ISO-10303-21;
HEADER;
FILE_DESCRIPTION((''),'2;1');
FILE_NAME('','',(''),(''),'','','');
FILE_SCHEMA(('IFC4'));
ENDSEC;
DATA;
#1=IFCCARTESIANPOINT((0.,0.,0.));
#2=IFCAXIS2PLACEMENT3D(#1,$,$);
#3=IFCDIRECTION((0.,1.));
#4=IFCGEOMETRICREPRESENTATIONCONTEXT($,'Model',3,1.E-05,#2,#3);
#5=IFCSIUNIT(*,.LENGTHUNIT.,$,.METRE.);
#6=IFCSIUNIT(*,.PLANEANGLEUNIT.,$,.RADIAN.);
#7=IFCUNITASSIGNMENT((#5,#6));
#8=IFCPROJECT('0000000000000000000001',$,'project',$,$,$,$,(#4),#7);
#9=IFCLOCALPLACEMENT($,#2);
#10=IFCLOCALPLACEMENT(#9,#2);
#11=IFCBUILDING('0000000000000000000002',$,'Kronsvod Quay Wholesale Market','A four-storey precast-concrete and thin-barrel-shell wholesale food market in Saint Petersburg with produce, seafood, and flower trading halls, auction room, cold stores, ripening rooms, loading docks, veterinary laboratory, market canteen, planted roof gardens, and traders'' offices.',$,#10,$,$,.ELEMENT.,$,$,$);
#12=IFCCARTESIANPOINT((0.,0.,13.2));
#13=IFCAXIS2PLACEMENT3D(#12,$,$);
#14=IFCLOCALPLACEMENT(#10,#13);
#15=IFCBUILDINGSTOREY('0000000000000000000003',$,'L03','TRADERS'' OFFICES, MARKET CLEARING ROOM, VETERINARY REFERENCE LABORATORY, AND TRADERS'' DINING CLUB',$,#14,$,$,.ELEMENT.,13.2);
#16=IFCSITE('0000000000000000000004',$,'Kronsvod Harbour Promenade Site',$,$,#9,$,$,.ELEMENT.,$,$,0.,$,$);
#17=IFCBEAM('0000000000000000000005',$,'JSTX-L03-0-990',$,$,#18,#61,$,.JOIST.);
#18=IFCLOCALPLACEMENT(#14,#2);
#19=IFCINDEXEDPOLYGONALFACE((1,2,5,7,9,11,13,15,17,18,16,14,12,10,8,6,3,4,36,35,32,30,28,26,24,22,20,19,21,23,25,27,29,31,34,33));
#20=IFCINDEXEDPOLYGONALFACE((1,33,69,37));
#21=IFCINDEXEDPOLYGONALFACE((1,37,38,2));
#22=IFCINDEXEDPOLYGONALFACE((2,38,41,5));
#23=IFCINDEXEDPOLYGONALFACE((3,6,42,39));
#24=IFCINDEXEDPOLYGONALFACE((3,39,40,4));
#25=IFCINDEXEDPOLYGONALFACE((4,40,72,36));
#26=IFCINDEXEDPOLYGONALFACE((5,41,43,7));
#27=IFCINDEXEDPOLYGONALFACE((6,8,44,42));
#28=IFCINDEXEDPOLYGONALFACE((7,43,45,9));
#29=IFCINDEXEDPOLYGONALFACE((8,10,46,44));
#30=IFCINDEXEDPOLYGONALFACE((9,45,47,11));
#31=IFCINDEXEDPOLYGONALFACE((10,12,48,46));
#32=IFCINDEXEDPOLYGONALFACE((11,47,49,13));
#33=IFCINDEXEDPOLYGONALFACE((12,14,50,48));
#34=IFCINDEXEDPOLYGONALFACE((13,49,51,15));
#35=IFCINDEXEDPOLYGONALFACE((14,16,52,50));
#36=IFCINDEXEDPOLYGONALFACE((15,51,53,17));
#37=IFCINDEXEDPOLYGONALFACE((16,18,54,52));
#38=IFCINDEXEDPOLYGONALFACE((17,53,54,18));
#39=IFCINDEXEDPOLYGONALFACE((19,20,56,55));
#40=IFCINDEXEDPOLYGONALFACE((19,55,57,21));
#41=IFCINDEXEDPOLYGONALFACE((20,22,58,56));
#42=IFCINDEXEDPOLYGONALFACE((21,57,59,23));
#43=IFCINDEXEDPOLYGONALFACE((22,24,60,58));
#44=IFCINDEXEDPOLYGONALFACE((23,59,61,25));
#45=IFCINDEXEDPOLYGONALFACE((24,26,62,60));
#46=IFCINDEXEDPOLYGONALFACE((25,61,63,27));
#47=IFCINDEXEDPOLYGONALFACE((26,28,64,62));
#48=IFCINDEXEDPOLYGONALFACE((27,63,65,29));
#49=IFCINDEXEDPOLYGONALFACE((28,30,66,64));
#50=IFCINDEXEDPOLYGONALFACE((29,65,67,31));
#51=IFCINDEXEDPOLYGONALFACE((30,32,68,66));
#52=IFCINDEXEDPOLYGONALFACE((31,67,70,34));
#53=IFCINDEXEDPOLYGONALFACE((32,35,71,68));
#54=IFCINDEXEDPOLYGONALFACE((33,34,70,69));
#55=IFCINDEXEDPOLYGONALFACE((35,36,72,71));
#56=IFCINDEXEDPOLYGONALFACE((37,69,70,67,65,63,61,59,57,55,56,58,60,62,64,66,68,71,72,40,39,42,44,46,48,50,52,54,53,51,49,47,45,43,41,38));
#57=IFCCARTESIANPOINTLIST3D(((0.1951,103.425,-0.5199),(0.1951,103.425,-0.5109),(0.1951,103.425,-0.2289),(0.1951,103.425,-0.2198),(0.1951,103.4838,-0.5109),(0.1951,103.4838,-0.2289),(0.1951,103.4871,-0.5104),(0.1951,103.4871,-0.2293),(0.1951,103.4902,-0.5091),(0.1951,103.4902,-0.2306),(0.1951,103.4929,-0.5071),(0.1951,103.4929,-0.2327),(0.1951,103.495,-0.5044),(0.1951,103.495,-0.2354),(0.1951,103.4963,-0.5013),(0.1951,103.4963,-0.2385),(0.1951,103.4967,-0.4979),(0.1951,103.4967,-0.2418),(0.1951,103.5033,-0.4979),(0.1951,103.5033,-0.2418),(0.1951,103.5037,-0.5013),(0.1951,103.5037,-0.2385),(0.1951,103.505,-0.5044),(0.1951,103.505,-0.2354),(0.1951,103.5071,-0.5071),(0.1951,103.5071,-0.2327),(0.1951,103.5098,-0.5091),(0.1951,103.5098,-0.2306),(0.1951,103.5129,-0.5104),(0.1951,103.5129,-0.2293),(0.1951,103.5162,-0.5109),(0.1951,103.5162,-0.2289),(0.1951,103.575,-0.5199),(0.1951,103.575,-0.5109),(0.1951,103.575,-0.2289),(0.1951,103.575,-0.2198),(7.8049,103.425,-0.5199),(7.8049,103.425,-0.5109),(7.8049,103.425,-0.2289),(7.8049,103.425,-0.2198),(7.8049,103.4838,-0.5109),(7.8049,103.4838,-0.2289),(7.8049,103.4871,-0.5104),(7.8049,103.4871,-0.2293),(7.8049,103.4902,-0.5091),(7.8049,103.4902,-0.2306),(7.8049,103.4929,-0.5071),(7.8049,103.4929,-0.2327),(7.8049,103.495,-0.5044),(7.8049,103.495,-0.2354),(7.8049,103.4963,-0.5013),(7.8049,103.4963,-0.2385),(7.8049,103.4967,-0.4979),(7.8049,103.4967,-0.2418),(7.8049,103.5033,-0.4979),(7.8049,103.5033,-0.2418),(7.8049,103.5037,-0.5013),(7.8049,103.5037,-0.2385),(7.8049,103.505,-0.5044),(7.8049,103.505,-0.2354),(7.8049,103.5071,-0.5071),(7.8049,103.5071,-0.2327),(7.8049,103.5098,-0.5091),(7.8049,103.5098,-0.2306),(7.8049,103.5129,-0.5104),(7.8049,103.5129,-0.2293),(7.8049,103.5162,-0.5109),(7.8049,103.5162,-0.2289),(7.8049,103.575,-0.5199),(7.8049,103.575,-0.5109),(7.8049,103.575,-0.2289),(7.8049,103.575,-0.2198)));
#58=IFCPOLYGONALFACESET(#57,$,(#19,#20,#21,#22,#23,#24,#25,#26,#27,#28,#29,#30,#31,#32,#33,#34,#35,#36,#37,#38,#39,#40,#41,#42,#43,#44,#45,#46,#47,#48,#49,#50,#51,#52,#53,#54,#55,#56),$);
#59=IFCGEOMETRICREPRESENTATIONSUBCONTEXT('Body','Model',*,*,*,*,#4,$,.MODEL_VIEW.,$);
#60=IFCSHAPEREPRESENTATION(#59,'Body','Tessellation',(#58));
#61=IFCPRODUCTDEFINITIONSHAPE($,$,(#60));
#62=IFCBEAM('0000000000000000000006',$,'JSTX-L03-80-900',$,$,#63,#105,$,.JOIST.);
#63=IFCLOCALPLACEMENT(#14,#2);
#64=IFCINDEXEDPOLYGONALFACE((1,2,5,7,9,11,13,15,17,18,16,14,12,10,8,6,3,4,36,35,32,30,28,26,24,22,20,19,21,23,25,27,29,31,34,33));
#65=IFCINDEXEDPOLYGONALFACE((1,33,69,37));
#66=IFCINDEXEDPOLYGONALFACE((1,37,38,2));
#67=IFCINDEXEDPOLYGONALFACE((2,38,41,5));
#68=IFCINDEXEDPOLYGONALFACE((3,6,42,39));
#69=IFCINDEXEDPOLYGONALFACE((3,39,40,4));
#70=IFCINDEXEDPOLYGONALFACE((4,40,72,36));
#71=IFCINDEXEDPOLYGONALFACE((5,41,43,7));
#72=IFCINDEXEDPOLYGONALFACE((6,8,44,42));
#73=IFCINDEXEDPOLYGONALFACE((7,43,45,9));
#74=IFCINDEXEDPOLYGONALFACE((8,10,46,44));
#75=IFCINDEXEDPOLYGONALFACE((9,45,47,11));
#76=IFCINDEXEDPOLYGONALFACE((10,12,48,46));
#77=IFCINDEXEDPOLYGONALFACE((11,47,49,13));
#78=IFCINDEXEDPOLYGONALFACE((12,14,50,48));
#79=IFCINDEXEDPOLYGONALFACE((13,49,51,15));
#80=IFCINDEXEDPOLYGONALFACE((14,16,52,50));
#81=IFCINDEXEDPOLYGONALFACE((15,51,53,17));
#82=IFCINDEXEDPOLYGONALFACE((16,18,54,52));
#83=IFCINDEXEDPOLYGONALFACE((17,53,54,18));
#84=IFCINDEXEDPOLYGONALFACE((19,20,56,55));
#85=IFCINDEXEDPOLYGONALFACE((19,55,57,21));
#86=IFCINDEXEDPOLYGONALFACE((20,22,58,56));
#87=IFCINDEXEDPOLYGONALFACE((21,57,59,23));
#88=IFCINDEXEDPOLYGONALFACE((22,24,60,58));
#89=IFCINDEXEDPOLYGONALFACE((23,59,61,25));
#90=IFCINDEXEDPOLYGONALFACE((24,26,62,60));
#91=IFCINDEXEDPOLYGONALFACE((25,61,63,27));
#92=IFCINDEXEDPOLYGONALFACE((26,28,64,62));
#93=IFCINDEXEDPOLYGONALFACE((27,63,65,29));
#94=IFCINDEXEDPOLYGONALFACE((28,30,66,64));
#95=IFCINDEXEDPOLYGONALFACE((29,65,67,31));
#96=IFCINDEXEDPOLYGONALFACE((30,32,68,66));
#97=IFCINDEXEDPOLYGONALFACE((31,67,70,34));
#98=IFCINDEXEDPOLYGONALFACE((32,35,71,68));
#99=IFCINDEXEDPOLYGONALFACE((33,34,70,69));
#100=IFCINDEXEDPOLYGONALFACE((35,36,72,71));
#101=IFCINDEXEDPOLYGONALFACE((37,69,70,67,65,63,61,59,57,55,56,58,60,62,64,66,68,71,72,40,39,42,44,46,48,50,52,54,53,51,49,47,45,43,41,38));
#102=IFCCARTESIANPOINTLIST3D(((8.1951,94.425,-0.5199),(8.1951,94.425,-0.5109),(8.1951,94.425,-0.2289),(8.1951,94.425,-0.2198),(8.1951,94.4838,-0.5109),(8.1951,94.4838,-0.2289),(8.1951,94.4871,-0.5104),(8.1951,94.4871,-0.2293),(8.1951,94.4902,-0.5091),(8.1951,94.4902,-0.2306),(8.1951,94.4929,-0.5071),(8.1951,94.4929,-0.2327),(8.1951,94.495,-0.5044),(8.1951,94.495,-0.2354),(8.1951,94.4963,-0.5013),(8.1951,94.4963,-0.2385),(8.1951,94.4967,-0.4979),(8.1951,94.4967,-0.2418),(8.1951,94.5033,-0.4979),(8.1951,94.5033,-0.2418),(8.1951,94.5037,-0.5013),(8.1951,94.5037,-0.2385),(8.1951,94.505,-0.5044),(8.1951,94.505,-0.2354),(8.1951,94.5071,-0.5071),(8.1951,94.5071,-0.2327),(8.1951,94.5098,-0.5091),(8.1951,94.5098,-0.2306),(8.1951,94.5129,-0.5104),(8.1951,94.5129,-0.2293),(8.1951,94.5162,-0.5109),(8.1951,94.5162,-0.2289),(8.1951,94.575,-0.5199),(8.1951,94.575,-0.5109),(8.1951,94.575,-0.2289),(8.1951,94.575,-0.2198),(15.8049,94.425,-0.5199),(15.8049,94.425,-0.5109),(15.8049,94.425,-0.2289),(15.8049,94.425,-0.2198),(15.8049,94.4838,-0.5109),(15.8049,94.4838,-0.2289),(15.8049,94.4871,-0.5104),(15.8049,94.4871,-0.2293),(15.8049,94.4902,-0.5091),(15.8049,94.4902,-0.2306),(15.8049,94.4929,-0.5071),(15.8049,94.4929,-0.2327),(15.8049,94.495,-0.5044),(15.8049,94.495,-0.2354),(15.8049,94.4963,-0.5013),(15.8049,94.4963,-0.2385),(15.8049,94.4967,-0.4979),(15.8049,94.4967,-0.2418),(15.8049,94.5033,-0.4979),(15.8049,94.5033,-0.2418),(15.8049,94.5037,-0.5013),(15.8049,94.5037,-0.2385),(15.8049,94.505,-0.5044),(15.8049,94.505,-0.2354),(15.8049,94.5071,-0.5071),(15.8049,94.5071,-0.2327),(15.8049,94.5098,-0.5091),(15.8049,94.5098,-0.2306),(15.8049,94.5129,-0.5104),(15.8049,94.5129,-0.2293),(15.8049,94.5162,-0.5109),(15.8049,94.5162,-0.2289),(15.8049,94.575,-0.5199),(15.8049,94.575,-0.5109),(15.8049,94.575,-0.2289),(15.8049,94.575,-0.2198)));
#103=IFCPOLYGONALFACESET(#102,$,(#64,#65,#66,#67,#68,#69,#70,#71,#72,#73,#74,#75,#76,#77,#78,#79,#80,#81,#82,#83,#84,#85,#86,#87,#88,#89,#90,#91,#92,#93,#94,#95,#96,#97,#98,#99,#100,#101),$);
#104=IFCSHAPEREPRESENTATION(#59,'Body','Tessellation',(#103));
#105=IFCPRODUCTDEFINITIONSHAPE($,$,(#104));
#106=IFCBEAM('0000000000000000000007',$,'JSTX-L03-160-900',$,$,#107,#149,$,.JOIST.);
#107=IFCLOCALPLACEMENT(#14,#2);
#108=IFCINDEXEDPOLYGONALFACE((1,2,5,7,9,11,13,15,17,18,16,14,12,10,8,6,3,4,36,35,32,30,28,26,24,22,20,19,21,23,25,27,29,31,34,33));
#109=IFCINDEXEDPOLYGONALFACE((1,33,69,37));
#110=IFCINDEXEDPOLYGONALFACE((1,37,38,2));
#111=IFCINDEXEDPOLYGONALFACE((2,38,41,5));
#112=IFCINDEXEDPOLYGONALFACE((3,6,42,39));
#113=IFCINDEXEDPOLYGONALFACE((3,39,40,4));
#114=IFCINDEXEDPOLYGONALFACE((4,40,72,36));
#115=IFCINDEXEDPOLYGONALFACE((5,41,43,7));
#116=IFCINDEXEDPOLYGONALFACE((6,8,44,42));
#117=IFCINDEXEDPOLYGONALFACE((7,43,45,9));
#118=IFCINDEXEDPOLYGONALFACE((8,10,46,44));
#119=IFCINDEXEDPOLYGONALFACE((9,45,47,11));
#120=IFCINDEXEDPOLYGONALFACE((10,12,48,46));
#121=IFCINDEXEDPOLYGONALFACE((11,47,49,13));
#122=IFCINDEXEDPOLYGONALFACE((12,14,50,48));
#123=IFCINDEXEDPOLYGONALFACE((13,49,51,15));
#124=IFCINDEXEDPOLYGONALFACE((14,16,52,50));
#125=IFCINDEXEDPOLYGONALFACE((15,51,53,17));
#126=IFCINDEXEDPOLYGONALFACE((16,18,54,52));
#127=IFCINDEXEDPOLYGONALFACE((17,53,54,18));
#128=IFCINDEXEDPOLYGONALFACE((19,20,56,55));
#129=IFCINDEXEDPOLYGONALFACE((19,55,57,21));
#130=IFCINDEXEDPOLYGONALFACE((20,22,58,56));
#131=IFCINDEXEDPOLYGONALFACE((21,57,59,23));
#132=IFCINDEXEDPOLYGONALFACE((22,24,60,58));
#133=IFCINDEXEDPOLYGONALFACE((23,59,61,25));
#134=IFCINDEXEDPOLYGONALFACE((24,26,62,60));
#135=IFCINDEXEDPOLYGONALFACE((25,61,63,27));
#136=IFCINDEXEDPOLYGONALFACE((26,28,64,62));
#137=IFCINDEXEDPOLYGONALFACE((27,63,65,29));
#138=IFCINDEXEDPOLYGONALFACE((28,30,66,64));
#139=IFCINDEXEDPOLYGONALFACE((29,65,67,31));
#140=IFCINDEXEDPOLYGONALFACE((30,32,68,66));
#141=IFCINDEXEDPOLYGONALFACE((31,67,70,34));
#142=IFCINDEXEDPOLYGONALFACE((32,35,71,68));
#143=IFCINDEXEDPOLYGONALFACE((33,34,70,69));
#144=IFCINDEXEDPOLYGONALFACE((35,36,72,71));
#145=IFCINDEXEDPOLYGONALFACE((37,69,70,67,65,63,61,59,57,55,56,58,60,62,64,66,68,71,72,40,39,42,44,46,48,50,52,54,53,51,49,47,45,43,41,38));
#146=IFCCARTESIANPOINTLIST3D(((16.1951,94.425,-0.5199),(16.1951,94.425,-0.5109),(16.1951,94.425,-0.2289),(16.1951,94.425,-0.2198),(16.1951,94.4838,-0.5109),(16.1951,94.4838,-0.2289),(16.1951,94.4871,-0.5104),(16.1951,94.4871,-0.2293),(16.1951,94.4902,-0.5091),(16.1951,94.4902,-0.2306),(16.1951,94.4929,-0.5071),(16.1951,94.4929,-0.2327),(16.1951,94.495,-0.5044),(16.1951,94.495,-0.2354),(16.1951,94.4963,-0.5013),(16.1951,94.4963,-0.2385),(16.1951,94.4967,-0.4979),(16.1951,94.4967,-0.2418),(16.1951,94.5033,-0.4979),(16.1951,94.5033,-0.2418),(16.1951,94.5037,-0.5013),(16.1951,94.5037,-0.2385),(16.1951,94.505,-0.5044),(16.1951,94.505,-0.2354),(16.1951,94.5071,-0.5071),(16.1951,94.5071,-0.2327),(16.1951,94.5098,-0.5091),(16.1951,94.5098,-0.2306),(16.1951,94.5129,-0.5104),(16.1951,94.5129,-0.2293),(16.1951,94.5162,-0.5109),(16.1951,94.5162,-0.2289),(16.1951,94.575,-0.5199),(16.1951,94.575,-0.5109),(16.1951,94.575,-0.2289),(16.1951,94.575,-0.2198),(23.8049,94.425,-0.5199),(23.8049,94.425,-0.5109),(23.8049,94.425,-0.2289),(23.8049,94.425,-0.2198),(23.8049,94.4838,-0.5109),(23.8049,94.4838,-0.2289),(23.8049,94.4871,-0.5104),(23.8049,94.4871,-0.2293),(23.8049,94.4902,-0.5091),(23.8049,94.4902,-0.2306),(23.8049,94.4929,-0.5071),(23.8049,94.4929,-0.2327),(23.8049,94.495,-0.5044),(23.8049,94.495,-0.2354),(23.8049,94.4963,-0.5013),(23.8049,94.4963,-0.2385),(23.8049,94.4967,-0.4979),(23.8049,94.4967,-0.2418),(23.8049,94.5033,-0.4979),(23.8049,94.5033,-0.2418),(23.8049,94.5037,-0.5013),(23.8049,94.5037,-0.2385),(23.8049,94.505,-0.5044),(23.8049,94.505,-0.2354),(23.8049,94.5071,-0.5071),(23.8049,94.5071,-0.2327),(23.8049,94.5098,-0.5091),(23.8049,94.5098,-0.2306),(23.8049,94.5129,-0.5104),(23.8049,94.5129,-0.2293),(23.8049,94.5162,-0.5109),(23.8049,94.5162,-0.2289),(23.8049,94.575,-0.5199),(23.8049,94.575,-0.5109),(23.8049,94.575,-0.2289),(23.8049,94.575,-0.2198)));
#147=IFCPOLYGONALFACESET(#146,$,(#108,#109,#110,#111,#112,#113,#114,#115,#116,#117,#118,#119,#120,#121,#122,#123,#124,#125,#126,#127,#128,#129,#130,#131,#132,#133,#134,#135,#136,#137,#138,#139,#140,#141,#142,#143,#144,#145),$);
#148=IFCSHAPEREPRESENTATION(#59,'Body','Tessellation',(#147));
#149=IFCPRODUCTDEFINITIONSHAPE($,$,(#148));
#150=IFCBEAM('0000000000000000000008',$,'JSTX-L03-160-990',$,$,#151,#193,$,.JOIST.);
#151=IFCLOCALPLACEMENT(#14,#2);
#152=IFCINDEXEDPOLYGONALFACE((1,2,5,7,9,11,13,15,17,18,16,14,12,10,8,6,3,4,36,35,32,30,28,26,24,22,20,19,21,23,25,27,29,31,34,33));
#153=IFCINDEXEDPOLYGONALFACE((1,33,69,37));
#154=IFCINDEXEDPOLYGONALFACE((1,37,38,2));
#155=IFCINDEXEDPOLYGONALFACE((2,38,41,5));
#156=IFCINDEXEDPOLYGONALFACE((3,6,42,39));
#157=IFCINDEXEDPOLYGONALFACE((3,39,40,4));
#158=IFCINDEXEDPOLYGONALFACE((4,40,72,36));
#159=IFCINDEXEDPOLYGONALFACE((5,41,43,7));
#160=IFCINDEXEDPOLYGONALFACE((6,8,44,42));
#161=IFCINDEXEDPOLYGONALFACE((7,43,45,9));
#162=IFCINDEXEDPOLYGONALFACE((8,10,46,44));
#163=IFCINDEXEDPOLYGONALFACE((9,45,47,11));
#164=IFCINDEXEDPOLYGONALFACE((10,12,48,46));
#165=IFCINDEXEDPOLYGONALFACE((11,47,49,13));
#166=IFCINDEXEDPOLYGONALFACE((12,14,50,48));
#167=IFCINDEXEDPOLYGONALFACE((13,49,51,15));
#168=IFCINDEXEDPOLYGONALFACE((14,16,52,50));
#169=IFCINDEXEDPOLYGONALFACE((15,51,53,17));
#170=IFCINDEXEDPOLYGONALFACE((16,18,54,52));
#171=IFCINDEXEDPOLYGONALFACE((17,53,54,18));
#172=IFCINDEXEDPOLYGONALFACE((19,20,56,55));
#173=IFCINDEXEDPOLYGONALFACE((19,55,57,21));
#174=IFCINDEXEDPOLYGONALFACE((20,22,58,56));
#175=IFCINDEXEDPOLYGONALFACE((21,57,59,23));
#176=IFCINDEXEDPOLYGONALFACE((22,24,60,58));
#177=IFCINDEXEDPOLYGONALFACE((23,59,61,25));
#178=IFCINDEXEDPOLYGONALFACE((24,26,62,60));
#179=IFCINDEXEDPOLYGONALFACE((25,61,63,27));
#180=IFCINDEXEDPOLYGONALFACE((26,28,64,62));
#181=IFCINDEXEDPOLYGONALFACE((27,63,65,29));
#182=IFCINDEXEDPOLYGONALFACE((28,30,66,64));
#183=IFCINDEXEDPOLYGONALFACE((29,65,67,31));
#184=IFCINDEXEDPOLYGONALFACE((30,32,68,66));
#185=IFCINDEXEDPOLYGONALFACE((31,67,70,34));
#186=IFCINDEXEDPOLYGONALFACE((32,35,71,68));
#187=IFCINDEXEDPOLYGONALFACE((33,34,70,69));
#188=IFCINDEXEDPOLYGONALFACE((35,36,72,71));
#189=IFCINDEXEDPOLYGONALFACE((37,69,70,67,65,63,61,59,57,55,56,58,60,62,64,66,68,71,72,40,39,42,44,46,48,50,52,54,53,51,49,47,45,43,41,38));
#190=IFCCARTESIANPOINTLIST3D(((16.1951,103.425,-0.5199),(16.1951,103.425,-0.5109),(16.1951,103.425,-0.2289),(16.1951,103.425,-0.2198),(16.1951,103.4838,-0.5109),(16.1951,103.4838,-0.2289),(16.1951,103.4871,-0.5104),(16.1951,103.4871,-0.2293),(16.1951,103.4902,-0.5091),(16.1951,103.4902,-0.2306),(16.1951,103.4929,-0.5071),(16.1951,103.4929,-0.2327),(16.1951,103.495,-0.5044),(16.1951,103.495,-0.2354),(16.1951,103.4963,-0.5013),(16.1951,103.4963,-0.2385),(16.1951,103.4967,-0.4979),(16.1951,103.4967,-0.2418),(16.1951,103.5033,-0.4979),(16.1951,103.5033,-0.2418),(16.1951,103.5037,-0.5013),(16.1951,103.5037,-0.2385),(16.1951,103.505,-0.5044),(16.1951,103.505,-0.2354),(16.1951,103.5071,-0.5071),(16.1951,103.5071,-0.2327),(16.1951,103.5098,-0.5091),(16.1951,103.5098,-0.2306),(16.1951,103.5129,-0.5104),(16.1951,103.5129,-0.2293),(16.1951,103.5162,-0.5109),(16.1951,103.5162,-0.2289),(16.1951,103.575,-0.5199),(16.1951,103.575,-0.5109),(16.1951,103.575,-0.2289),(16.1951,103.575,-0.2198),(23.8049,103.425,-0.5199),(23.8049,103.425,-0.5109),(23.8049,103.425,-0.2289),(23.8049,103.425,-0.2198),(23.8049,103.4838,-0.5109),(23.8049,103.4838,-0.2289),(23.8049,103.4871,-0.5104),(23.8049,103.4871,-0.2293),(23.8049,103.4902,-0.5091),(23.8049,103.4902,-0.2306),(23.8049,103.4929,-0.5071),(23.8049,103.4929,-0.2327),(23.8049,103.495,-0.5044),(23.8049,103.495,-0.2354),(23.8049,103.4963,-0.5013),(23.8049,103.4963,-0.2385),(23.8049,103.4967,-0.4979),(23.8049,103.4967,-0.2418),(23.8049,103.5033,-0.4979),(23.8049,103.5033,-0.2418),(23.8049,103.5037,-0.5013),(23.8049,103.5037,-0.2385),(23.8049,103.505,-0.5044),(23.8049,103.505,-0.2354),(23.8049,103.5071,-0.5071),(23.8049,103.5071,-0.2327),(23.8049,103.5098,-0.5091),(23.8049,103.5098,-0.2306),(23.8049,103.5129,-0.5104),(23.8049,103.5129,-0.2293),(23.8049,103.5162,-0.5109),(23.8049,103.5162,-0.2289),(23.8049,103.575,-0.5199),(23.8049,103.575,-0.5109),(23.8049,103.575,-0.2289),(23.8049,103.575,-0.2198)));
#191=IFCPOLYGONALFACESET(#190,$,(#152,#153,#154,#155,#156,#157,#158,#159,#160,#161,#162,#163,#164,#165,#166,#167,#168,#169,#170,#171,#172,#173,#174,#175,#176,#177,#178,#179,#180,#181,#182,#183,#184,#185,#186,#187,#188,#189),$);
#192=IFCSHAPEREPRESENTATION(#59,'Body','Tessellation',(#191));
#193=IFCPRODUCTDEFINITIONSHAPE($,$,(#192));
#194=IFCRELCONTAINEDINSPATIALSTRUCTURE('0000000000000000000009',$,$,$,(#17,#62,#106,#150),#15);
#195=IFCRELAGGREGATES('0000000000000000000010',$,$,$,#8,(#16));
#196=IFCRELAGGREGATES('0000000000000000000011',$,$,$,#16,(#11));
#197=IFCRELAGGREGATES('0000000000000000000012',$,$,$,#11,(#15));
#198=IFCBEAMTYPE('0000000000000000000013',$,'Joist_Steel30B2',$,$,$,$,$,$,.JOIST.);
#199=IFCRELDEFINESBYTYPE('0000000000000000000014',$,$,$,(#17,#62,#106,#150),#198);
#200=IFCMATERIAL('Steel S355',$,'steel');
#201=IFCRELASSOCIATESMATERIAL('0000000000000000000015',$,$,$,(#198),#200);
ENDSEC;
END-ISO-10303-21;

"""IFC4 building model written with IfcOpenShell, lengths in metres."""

from ifc_helpers import new_model, si_unit, direction, frame, origin, origin_2d, place, context, subcontext, project, spatial, i_section, extrude, material, material_profile, profile_set, type_object, element, save


model = new_model("IFC4")

# Units and contexts
model_context = context("Model", 3, precision=1e-05, world=origin(), true_north=direction((0.0, 1.0)))
body_context = subcontext(model_context, "Body", "Model", "MODEL_VIEW")
ifc_project = project(units=[si_unit("LENGTHUNIT", "METRE"), si_unit("PLANEANGLEUNIT", "RADIAN")], contexts=[model_context])

# Site, building, storey
site_placement = place(None, origin())
site = spatial("IfcSite", under=ifc_project, at=site_placement, Name="Kronsvod Harbour Promenade Site", CompositionType="ELEMENT", RefElevation=0.0)
building_placement = place(site_placement, origin())
building = spatial("IfcBuilding", under=site, at=building_placement, Name="Kronsvod Quay Wholesale Market", Description="A four-storey precast-concrete and thin-barrel-shell wholesale food market in Saint Petersburg with produce, seafood, and flower trading halls, auction room, cold stores, ripening rooms, loading docks, veterinary laboratory, market canteen, planted roof gardens, and traders' offices.", CompositionType="ELEMENT")
storey_placement = place(building_placement, frame((0.0, 0.0, 13.2)))
storey = spatial("IfcBuildingStorey", under=building, at=storey_placement, Name="L03", Description="TRADERS' OFFICES, MARKET CLEARING ROOM, VETERINARY REFERENCE LABORATORY, AND TRADERS' DINING CLUB", CompositionType="ELEMENT", Elevation=13.2)

# Beams
ifc_material_1 = material(Name="Steel S355", Category="steel")
ifc_material_profile_1 = material_profile(ifc_material_1, i_section(OverallWidth=0.1499, OverallDepth=0.3, WebThickness=0.0066, FlangeThickness=0.009, FilletRadius=0.0129, at=origin_2d()), Name="30B2")
ifc_profile_set_1 = profile_set([ifc_material_profile_1], Name="Steel S355")
beam_type_1 = type_object("IfcBeamType", Name="Joist_Steel30B2", PredefinedType="JOIST", material=ifc_profile_set_1)
for number, where, z_axis, x_axis, name in (
    (1, (0.1951, 103.5, -0.3699), (1.0, 0.0, 0.0), (0.0, 1.0, 0.0), "JSTX-L03-0-990"),
    (2, (8.1951, 94.5, -0.3699), (1.0, 0.0, 0.0), (0.0, 1.0, 0.0), "JSTX-L03-80-900"),
    (3, (16.1951, 94.5, -0.3699), (1.0, 0.0, 0.0), (0.0, 1.0, 0.0), "JSTX-L03-160-900"),
    (4, (16.1951, 103.5, -0.3699), (1.0, 0.0, 0.0), (0.0, 1.0, 0.0), "JSTX-L03-160-990"),
):
    element("IfcBeam", number, at=place(storey_placement, frame(where, z_axis=z_axis, x_axis=x_axis)), inside=storey, type_object=beam_type_1, Name=name, PredefinedType="JOIST", context=body_context, shape_type="SweptSolid", body=[
        extrude(i_section(OverallWidth=0.1499, OverallDepth=0.3, WebThickness=0.0066, FlangeThickness=0.009, FilletRadius=0.0129, at=origin_2d()), origin(), (0.0, 0.0, 1.0), 7.6099),
    ])

save(model, "model.ifc")
